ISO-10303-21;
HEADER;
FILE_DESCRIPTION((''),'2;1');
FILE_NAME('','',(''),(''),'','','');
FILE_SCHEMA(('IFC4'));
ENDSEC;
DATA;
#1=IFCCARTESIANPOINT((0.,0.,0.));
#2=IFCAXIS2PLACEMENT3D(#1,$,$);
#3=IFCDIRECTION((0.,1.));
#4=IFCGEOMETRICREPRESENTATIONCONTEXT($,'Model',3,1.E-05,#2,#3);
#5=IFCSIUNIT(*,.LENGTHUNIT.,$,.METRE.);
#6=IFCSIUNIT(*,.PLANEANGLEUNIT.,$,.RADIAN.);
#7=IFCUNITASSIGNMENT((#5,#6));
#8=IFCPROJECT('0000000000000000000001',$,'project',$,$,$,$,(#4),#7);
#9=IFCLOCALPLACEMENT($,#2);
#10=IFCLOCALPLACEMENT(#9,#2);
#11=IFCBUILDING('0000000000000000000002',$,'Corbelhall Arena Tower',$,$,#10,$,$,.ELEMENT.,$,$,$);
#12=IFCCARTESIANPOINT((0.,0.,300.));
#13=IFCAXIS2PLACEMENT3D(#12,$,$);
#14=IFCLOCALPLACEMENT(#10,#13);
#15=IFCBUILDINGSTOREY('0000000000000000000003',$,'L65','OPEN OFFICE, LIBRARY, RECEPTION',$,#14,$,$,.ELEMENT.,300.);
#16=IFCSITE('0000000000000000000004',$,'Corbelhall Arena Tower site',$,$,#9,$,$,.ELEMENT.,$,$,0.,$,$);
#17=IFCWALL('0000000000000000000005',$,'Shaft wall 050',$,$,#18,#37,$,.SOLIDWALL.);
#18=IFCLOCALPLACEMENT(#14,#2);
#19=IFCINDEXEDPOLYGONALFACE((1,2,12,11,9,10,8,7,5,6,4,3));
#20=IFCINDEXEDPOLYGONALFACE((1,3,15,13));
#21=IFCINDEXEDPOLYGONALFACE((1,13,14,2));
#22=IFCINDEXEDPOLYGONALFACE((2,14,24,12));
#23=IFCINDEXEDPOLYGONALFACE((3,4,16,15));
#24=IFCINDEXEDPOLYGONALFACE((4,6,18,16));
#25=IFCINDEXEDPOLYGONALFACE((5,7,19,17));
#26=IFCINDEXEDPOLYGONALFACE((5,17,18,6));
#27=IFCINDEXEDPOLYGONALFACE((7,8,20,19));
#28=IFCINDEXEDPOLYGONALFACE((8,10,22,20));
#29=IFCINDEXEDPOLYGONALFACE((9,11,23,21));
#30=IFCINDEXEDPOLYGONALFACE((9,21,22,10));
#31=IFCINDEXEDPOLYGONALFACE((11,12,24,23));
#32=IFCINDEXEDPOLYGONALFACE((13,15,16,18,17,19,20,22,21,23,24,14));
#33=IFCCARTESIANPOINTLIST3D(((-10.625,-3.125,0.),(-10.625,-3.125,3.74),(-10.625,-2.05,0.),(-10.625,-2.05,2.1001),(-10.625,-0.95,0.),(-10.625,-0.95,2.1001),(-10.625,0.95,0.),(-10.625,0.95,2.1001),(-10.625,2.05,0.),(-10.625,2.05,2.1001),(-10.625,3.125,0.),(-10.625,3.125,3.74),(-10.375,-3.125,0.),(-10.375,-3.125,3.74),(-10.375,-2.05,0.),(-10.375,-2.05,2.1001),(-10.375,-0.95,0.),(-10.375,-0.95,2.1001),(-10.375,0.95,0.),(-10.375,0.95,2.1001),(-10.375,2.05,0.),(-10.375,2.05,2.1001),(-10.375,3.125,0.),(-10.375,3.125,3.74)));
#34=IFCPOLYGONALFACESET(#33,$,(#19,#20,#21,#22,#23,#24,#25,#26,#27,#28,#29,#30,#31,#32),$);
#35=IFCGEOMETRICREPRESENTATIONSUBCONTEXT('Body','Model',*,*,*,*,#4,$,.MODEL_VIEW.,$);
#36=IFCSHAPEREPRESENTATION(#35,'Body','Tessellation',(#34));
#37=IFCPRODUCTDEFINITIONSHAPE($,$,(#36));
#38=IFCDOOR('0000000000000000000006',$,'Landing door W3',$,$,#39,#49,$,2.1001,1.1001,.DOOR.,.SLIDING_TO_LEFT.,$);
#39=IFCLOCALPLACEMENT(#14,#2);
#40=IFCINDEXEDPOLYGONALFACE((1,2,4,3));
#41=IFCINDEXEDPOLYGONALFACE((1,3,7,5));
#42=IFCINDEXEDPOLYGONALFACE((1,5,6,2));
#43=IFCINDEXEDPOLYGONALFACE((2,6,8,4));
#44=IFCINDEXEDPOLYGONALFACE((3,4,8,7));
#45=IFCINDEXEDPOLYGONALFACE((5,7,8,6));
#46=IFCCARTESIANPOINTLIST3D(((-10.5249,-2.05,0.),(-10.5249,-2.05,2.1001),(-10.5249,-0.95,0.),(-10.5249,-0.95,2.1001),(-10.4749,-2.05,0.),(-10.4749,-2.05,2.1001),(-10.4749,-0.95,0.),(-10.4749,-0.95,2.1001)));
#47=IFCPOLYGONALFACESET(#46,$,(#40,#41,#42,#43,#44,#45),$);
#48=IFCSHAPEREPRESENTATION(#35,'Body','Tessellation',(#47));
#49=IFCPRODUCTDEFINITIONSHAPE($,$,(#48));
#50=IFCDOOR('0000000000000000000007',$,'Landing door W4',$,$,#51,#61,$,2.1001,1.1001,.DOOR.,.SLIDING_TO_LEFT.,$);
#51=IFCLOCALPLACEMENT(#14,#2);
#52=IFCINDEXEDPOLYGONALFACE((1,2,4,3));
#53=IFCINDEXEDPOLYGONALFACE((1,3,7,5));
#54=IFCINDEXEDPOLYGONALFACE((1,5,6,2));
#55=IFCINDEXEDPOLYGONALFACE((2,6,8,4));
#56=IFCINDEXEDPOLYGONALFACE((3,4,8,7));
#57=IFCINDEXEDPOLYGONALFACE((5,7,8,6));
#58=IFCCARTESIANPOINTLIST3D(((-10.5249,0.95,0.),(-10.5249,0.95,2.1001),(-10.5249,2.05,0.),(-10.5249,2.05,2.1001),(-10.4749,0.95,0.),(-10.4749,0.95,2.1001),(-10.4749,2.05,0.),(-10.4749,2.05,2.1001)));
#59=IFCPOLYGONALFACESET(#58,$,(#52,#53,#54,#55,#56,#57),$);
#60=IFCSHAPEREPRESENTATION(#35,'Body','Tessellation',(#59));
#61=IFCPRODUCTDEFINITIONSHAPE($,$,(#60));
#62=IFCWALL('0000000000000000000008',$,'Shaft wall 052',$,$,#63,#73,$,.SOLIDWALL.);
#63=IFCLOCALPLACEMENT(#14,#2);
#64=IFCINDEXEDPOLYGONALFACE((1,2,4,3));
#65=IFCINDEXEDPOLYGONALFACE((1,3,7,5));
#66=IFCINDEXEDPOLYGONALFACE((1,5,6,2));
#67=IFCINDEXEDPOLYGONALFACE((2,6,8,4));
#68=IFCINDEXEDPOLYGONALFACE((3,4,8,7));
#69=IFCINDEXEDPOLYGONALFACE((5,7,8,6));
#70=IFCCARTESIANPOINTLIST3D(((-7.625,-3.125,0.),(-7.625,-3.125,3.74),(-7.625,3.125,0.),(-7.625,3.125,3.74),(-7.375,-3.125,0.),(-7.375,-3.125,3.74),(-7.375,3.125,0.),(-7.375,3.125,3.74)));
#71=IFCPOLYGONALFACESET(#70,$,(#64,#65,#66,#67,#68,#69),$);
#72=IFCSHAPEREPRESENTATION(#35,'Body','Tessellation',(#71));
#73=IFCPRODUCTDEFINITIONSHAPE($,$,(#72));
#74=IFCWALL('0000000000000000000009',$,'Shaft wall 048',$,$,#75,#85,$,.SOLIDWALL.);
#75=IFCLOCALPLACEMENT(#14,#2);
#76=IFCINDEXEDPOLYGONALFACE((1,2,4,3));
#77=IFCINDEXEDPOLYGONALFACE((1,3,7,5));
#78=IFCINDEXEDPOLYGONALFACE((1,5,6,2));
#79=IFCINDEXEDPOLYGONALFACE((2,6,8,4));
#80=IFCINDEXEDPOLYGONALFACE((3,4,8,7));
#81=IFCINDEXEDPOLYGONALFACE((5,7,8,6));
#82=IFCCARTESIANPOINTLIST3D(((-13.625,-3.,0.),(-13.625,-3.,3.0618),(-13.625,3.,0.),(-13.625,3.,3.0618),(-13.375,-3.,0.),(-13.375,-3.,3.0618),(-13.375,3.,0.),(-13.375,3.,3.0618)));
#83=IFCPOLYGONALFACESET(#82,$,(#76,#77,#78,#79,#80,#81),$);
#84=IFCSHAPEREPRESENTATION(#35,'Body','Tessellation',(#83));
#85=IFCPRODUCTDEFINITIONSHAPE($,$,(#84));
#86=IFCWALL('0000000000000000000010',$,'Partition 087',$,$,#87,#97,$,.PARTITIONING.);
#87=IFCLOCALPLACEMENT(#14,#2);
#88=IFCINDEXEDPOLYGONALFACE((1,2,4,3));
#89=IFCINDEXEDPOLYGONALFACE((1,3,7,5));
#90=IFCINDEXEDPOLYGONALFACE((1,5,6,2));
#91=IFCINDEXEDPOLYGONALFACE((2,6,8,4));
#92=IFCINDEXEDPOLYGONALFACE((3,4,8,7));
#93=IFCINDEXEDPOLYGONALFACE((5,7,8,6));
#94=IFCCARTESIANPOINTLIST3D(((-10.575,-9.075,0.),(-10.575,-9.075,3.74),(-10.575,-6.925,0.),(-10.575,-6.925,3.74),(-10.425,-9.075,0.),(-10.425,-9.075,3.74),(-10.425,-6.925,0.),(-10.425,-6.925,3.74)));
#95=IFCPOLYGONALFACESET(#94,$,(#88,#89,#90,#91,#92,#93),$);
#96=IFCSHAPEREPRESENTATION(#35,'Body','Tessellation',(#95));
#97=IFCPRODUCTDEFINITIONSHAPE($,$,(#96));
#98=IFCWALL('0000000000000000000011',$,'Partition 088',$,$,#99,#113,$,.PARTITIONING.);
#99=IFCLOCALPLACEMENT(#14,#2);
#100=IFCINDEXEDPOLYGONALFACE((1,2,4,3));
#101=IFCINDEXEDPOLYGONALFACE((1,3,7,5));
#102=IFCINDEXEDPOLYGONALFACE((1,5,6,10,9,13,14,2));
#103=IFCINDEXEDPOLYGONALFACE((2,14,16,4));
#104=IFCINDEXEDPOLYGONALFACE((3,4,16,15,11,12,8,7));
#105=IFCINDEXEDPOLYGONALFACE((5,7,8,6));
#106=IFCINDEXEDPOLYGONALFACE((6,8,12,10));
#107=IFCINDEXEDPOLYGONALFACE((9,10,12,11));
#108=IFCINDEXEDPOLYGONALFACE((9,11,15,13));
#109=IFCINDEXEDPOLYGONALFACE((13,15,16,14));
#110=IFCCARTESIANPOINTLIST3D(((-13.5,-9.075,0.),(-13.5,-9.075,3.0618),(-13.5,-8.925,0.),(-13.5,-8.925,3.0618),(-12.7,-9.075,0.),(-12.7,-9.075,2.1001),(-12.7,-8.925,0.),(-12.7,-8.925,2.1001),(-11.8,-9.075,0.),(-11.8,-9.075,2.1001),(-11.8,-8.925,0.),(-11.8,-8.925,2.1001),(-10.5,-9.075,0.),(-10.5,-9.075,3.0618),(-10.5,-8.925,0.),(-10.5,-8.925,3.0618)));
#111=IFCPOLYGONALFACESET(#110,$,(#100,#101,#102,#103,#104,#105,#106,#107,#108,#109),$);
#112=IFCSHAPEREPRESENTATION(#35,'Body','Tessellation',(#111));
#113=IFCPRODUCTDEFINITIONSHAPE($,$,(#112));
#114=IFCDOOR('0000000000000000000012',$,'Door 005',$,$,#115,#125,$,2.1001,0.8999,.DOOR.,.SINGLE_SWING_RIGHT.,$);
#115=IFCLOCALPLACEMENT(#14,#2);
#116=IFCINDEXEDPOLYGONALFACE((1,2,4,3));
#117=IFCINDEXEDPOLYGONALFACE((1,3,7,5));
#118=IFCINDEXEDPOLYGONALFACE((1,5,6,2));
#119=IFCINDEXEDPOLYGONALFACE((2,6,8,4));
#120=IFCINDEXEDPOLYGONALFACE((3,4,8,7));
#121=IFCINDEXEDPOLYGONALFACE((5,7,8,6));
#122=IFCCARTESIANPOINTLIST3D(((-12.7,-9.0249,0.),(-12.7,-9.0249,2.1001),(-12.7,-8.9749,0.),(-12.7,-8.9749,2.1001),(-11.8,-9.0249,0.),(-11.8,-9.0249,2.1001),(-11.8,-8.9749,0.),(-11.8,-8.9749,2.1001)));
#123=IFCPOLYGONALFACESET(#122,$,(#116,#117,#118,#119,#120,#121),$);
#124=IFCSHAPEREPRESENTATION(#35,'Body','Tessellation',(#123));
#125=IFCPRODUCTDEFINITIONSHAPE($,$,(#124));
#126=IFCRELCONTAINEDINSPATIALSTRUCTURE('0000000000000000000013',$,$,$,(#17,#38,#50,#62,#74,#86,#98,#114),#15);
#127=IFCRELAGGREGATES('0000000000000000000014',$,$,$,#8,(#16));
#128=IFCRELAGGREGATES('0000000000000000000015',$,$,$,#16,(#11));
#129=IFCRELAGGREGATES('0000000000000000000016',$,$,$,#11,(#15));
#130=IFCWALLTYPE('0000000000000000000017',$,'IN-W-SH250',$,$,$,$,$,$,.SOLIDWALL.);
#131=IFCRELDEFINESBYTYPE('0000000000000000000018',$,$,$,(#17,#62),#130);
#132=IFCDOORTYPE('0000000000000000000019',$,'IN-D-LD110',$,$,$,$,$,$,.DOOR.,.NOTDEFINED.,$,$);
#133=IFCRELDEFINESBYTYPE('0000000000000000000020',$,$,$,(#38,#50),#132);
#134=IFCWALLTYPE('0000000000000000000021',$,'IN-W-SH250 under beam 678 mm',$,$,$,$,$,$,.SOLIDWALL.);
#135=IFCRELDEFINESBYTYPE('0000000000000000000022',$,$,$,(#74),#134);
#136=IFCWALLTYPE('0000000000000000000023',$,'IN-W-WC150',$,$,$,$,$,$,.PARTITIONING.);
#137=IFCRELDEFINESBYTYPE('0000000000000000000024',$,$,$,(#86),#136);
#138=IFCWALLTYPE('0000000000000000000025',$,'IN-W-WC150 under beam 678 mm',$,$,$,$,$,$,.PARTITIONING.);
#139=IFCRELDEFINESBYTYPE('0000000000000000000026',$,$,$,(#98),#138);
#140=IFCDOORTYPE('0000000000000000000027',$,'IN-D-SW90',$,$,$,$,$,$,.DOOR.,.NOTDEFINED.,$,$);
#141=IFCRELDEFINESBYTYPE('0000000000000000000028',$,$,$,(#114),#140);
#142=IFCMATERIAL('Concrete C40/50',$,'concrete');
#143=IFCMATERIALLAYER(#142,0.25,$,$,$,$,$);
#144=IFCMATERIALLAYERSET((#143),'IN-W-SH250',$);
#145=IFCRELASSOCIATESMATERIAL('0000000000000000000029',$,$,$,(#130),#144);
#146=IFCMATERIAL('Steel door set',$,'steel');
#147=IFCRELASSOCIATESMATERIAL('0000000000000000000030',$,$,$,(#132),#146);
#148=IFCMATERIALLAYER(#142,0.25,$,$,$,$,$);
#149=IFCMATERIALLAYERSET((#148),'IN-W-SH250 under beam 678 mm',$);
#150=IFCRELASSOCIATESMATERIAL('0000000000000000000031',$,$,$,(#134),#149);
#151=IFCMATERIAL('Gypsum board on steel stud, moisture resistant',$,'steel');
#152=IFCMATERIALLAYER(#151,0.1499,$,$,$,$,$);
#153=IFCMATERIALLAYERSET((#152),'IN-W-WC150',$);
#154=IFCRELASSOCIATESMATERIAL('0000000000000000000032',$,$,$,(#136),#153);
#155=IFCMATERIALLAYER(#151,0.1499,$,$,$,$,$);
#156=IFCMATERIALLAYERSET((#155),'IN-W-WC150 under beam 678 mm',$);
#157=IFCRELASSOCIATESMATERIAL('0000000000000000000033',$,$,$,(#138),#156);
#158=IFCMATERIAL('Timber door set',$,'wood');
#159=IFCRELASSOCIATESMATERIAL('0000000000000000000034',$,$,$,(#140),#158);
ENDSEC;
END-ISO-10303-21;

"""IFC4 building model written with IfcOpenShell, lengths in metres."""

from ifc_helpers import new_model, si_unit, direction, frame, frame_2d, origin, place, context, subcontext, project, spatial, rectangle, extrude, material, layer, layer_set, type_object, element, fill, save


model = new_model("IFC4")

# Units and contexts
model_context = context("Model", 3, precision=1e-05, world=origin(), true_north=direction((0.0, 1.0)))
body_context = subcontext(model_context, "Body", "Model", "MODEL_VIEW")
ifc_project = project(units=[si_unit("LENGTHUNIT", "METRE"), si_unit("PLANEANGLEUNIT", "RADIAN")], contexts=[model_context])

# Site, building, storey
site_placement = place(None, origin())
site = spatial("IfcSite", under=ifc_project, at=site_placement, Name="Corbelhall Arena Tower site", CompositionType="ELEMENT", RefElevation=0.0)
building_placement = place(site_placement, origin())
building = spatial("IfcBuilding", under=site, at=building_placement, Name="Corbelhall Arena Tower", CompositionType="ELEMENT")
storey_placement = place(building_placement, frame((0.0, 0.0, 300.0)))
storey = spatial("IfcBuildingStorey", under=building, at=storey_placement, Name="L65", Description="OPEN OFFICE, LIBRARY, RECEPTION", CompositionType="ELEMENT", Elevation=300.0)

# Shared definitions
ifc_material_1 = material(Name="Steel door set", Category="steel")

# Wall, openings, doors
ifc_material_2 = material(Name="Concrete C40/50", Category="concrete")
ifc_layer_1 = layer(ifc_material_2, 0.25)
ifc_layer_set_1 = layer_set([ifc_layer_1], Name="IN-W-SH250")
wall_type_1 = type_object("IfcWallType", Name="IN-W-SH250", PredefinedType="SOLIDWALL", material=ifc_layer_set_1)
wall_1_placement = place(storey_placement, frame((-10.5, -3.125, 0.0), z_axis=(0.0, 0.0, 1.0), x_axis=(0.0, 1.0, 0.0)))
wall_1 = element("IfcWall", 1, at=wall_1_placement, inside=storey, type_object=wall_type_1, Name="Shaft wall 050", PredefinedType="SOLIDWALL", context=body_context, shape_type="SweptSolid", body=[
    extrude(rectangle(XDim=6.25, YDim=0.25, at=frame_2d((3.125, 0.0))), origin(), (0.0, 0.0, 1.0), 3.74),
])
opening_1_placement = place(wall_1_placement, frame((1.075, 0.0, 0.0)))
opening_1 = element("IfcOpeningElement", 2, at=opening_1_placement, cuts=wall_1, PredefinedType="OPENING", context=body_context, shape_type="SweptSolid", body=[
    extrude(rectangle(XDim=1.1001, YDim=2.1001, at=frame_2d((0.55, 1.05))), frame((0.0, 0.125, 0.0), z_axis=(0.0, -1.0, 0.0), x_axis=(1.0, 0.0, 0.0)), (0.0, 0.0, 1.0), 0.25),
])
opening_2_placement = place(wall_1_placement, frame((4.075, 0.0, 0.0)))
opening_2 = element("IfcOpeningElement", 3, at=opening_2_placement, cuts=wall_1, PredefinedType="OPENING", context=body_context, shape_type="SweptSolid", body=[
    extrude(rectangle(XDim=1.1001, YDim=2.1001, at=frame_2d((0.55, 1.05))), frame((0.0, 0.125, 0.0), z_axis=(0.0, -1.0, 0.0), x_axis=(1.0, 0.0, 0.0)), (0.0, 0.0, 1.0), 0.25),
])
door_type_1 = type_object("IfcDoorType", Name="IN-D-LD110", OperationType="NOTDEFINED", PredefinedType="DOOR", material=ifc_material_1)
door_1_placement = place(opening_1_placement, origin())
door_1 = element("IfcDoor", 4, at=door_1_placement, inside=storey, type_object=door_type_1, Name="Landing door W3", OperationType="SLIDING_TO_LEFT", OverallHeight=2.1001, OverallWidth=1.1001, PredefinedType="DOOR", context=body_context, shape_type="SweptSolid", body=[
    extrude(rectangle(XDim=1.1001, YDim=2.1001, at=frame_2d((0.55, 1.05))), frame((0.0, 0.0249, 0.0), z_axis=(0.0, -1.0, 0.0), x_axis=(1.0, 0.0, 0.0)), (0.0, 0.0, 1.0), 0.05),
])
fill(opening_1, door_1)
door_2_placement = place(opening_2_placement, origin())
door_2 = element("IfcDoor", 5, at=door_2_placement, inside=storey, type_object=door_type_1, Name="Landing door W4", OperationType="SLIDING_TO_LEFT", OverallHeight=2.1001, OverallWidth=1.1001, PredefinedType="DOOR", context=body_context, shape_type="SweptSolid", body=[
    extrude(rectangle(XDim=1.1001, YDim=2.1001, at=frame_2d((0.55, 1.05))), frame((0.0, 0.0249, 0.0), z_axis=(0.0, -1.0, 0.0), x_axis=(1.0, 0.0, 0.0)), (0.0, 0.0, 1.0), 0.05),
])
fill(opening_2, door_2)

# Walls
wall_2_placement = place(storey_placement, frame((-7.5, -3.125, 0.0), z_axis=(0.0, 0.0, 1.0), x_axis=(0.0, 1.0, 0.0)))
element("IfcWall", 6, at=wall_2_placement, inside=storey, type_object=wall_type_1, Name="Shaft wall 052", PredefinedType="SOLIDWALL", context=body_context, shape_type="SweptSolid", body=[
    extrude(rectangle(XDim=6.25, YDim=0.25, at=frame_2d((3.125, 0.0))), origin(), (0.0, 0.0, 1.0), 3.74),
])
ifc_layer_2 = layer(ifc_material_2, 0.25)
ifc_layer_set_2 = layer_set([ifc_layer_2], Name="IN-W-SH250 under beam 678 mm")
wall_type_2 = type_object("IfcWallType", Name="IN-W-SH250 under beam 678 mm", PredefinedType="SOLIDWALL", material=ifc_layer_set_2)
wall_3_placement = place(storey_placement, frame((-13.5, -3.0, 0.0), z_axis=(0.0, 0.0, 1.0), x_axis=(0.0, 1.0, 0.0)))
element("IfcWall", 7, at=wall_3_placement, inside=storey, type_object=wall_type_2, Name="Shaft wall 048", PredefinedType="SOLIDWALL", context=body_context, shape_type="SweptSolid", body=[
    extrude(rectangle(XDim=6.0, YDim=0.25, at=frame_2d((3.0, 0.0))), origin(), (0.0, 0.0, 1.0), 3.0618),
])
ifc_material_3 = material(Name="Gypsum board on steel stud, moisture resistant", Category="steel")
ifc_layer_3 = layer(ifc_material_3, 0.1499)
ifc_layer_set_3 = layer_set([ifc_layer_3], Name="IN-W-WC150")
wall_type_3 = type_object("IfcWallType", Name="IN-W-WC150", PredefinedType="PARTITIONING", material=ifc_layer_set_3)
wall_4_placement = place(storey_placement, frame((-10.5, -9.075, 0.0), z_axis=(0.0, 0.0, 1.0), x_axis=(0.0, 1.0, 0.0)))
element("IfcWall", 8, at=wall_4_placement, inside=storey, type_object=wall_type_3, Name="Partition 087", PredefinedType="PARTITIONING", context=body_context, shape_type="SweptSolid", body=[
    extrude(rectangle(XDim=2.1499, YDim=0.1499, at=frame_2d((1.075, 0.0))), origin(), (0.0, 0.0, 1.0), 3.74),
])

# Wall, opening, door
ifc_layer_4 = layer(ifc_material_3, 0.1499)
ifc_layer_set_4 = layer_set([ifc_layer_4], Name="IN-W-WC150 under beam 678 mm")
wall_type_4 = type_object("IfcWallType", Name="IN-W-WC150 under beam 678 mm", PredefinedType="PARTITIONING", material=ifc_layer_set_4)
wall_5_placement = place(storey_placement, frame((-10.5, -9.0, 0.0), z_axis=(0.0, 0.0, 1.0), x_axis=(-1.0, 0.0, 0.0)))
wall_5 = element("IfcWall", 9, at=wall_5_placement, inside=storey, type_object=wall_type_4, Name="Partition 088", PredefinedType="PARTITIONING", context=body_context, shape_type="SweptSolid", body=[
    extrude(rectangle(XDim=3.0, YDim=0.1499, at=frame_2d((1.5, 0.0))), origin(), (0.0, 0.0, 1.0), 3.0618),
])
opening_3_placement = place(wall_5_placement, frame((1.3, 0.0, 0.0)))
opening_3 = element("IfcOpeningElement", 10, at=opening_3_placement, cuts=wall_5, PredefinedType="OPENING", context=body_context, shape_type="SweptSolid", body=[
    extrude(rectangle(XDim=0.8999, YDim=2.1001, at=frame_2d((0.45, 1.05))), frame((0.0, 0.075, 0.0), z_axis=(0.0, -1.0, 0.0), x_axis=(1.0, 0.0, 0.0)), (0.0, 0.0, 1.0), 0.1499),
])
ifc_material_4 = material(Name="Timber door set", Category="wood")
door_type_2 = type_object("IfcDoorType", Name="IN-D-SW90", OperationType="NOTDEFINED", PredefinedType="DOOR", material=ifc_material_4)
door_3_placement = place(opening_3_placement, origin())
door_3 = element("IfcDoor", 11, at=door_3_placement, inside=storey, type_object=door_type_2, Name="Door 005", OperationType="SINGLE_SWING_RIGHT", OverallHeight=2.1001, OverallWidth=0.8999, PredefinedType="DOOR", context=body_context, shape_type="SweptSolid", body=[
    extrude(rectangle(XDim=0.8999, YDim=2.1001, at=frame_2d((0.45, 1.05))), frame((0.0, 0.0249, 0.0), z_axis=(0.0, -1.0, 0.0), x_axis=(1.0, 0.0, 0.0)), (0.0, 0.0, 1.0), 0.05),
])
fill(opening_3, door_3)

save(model, "model.ifc")
